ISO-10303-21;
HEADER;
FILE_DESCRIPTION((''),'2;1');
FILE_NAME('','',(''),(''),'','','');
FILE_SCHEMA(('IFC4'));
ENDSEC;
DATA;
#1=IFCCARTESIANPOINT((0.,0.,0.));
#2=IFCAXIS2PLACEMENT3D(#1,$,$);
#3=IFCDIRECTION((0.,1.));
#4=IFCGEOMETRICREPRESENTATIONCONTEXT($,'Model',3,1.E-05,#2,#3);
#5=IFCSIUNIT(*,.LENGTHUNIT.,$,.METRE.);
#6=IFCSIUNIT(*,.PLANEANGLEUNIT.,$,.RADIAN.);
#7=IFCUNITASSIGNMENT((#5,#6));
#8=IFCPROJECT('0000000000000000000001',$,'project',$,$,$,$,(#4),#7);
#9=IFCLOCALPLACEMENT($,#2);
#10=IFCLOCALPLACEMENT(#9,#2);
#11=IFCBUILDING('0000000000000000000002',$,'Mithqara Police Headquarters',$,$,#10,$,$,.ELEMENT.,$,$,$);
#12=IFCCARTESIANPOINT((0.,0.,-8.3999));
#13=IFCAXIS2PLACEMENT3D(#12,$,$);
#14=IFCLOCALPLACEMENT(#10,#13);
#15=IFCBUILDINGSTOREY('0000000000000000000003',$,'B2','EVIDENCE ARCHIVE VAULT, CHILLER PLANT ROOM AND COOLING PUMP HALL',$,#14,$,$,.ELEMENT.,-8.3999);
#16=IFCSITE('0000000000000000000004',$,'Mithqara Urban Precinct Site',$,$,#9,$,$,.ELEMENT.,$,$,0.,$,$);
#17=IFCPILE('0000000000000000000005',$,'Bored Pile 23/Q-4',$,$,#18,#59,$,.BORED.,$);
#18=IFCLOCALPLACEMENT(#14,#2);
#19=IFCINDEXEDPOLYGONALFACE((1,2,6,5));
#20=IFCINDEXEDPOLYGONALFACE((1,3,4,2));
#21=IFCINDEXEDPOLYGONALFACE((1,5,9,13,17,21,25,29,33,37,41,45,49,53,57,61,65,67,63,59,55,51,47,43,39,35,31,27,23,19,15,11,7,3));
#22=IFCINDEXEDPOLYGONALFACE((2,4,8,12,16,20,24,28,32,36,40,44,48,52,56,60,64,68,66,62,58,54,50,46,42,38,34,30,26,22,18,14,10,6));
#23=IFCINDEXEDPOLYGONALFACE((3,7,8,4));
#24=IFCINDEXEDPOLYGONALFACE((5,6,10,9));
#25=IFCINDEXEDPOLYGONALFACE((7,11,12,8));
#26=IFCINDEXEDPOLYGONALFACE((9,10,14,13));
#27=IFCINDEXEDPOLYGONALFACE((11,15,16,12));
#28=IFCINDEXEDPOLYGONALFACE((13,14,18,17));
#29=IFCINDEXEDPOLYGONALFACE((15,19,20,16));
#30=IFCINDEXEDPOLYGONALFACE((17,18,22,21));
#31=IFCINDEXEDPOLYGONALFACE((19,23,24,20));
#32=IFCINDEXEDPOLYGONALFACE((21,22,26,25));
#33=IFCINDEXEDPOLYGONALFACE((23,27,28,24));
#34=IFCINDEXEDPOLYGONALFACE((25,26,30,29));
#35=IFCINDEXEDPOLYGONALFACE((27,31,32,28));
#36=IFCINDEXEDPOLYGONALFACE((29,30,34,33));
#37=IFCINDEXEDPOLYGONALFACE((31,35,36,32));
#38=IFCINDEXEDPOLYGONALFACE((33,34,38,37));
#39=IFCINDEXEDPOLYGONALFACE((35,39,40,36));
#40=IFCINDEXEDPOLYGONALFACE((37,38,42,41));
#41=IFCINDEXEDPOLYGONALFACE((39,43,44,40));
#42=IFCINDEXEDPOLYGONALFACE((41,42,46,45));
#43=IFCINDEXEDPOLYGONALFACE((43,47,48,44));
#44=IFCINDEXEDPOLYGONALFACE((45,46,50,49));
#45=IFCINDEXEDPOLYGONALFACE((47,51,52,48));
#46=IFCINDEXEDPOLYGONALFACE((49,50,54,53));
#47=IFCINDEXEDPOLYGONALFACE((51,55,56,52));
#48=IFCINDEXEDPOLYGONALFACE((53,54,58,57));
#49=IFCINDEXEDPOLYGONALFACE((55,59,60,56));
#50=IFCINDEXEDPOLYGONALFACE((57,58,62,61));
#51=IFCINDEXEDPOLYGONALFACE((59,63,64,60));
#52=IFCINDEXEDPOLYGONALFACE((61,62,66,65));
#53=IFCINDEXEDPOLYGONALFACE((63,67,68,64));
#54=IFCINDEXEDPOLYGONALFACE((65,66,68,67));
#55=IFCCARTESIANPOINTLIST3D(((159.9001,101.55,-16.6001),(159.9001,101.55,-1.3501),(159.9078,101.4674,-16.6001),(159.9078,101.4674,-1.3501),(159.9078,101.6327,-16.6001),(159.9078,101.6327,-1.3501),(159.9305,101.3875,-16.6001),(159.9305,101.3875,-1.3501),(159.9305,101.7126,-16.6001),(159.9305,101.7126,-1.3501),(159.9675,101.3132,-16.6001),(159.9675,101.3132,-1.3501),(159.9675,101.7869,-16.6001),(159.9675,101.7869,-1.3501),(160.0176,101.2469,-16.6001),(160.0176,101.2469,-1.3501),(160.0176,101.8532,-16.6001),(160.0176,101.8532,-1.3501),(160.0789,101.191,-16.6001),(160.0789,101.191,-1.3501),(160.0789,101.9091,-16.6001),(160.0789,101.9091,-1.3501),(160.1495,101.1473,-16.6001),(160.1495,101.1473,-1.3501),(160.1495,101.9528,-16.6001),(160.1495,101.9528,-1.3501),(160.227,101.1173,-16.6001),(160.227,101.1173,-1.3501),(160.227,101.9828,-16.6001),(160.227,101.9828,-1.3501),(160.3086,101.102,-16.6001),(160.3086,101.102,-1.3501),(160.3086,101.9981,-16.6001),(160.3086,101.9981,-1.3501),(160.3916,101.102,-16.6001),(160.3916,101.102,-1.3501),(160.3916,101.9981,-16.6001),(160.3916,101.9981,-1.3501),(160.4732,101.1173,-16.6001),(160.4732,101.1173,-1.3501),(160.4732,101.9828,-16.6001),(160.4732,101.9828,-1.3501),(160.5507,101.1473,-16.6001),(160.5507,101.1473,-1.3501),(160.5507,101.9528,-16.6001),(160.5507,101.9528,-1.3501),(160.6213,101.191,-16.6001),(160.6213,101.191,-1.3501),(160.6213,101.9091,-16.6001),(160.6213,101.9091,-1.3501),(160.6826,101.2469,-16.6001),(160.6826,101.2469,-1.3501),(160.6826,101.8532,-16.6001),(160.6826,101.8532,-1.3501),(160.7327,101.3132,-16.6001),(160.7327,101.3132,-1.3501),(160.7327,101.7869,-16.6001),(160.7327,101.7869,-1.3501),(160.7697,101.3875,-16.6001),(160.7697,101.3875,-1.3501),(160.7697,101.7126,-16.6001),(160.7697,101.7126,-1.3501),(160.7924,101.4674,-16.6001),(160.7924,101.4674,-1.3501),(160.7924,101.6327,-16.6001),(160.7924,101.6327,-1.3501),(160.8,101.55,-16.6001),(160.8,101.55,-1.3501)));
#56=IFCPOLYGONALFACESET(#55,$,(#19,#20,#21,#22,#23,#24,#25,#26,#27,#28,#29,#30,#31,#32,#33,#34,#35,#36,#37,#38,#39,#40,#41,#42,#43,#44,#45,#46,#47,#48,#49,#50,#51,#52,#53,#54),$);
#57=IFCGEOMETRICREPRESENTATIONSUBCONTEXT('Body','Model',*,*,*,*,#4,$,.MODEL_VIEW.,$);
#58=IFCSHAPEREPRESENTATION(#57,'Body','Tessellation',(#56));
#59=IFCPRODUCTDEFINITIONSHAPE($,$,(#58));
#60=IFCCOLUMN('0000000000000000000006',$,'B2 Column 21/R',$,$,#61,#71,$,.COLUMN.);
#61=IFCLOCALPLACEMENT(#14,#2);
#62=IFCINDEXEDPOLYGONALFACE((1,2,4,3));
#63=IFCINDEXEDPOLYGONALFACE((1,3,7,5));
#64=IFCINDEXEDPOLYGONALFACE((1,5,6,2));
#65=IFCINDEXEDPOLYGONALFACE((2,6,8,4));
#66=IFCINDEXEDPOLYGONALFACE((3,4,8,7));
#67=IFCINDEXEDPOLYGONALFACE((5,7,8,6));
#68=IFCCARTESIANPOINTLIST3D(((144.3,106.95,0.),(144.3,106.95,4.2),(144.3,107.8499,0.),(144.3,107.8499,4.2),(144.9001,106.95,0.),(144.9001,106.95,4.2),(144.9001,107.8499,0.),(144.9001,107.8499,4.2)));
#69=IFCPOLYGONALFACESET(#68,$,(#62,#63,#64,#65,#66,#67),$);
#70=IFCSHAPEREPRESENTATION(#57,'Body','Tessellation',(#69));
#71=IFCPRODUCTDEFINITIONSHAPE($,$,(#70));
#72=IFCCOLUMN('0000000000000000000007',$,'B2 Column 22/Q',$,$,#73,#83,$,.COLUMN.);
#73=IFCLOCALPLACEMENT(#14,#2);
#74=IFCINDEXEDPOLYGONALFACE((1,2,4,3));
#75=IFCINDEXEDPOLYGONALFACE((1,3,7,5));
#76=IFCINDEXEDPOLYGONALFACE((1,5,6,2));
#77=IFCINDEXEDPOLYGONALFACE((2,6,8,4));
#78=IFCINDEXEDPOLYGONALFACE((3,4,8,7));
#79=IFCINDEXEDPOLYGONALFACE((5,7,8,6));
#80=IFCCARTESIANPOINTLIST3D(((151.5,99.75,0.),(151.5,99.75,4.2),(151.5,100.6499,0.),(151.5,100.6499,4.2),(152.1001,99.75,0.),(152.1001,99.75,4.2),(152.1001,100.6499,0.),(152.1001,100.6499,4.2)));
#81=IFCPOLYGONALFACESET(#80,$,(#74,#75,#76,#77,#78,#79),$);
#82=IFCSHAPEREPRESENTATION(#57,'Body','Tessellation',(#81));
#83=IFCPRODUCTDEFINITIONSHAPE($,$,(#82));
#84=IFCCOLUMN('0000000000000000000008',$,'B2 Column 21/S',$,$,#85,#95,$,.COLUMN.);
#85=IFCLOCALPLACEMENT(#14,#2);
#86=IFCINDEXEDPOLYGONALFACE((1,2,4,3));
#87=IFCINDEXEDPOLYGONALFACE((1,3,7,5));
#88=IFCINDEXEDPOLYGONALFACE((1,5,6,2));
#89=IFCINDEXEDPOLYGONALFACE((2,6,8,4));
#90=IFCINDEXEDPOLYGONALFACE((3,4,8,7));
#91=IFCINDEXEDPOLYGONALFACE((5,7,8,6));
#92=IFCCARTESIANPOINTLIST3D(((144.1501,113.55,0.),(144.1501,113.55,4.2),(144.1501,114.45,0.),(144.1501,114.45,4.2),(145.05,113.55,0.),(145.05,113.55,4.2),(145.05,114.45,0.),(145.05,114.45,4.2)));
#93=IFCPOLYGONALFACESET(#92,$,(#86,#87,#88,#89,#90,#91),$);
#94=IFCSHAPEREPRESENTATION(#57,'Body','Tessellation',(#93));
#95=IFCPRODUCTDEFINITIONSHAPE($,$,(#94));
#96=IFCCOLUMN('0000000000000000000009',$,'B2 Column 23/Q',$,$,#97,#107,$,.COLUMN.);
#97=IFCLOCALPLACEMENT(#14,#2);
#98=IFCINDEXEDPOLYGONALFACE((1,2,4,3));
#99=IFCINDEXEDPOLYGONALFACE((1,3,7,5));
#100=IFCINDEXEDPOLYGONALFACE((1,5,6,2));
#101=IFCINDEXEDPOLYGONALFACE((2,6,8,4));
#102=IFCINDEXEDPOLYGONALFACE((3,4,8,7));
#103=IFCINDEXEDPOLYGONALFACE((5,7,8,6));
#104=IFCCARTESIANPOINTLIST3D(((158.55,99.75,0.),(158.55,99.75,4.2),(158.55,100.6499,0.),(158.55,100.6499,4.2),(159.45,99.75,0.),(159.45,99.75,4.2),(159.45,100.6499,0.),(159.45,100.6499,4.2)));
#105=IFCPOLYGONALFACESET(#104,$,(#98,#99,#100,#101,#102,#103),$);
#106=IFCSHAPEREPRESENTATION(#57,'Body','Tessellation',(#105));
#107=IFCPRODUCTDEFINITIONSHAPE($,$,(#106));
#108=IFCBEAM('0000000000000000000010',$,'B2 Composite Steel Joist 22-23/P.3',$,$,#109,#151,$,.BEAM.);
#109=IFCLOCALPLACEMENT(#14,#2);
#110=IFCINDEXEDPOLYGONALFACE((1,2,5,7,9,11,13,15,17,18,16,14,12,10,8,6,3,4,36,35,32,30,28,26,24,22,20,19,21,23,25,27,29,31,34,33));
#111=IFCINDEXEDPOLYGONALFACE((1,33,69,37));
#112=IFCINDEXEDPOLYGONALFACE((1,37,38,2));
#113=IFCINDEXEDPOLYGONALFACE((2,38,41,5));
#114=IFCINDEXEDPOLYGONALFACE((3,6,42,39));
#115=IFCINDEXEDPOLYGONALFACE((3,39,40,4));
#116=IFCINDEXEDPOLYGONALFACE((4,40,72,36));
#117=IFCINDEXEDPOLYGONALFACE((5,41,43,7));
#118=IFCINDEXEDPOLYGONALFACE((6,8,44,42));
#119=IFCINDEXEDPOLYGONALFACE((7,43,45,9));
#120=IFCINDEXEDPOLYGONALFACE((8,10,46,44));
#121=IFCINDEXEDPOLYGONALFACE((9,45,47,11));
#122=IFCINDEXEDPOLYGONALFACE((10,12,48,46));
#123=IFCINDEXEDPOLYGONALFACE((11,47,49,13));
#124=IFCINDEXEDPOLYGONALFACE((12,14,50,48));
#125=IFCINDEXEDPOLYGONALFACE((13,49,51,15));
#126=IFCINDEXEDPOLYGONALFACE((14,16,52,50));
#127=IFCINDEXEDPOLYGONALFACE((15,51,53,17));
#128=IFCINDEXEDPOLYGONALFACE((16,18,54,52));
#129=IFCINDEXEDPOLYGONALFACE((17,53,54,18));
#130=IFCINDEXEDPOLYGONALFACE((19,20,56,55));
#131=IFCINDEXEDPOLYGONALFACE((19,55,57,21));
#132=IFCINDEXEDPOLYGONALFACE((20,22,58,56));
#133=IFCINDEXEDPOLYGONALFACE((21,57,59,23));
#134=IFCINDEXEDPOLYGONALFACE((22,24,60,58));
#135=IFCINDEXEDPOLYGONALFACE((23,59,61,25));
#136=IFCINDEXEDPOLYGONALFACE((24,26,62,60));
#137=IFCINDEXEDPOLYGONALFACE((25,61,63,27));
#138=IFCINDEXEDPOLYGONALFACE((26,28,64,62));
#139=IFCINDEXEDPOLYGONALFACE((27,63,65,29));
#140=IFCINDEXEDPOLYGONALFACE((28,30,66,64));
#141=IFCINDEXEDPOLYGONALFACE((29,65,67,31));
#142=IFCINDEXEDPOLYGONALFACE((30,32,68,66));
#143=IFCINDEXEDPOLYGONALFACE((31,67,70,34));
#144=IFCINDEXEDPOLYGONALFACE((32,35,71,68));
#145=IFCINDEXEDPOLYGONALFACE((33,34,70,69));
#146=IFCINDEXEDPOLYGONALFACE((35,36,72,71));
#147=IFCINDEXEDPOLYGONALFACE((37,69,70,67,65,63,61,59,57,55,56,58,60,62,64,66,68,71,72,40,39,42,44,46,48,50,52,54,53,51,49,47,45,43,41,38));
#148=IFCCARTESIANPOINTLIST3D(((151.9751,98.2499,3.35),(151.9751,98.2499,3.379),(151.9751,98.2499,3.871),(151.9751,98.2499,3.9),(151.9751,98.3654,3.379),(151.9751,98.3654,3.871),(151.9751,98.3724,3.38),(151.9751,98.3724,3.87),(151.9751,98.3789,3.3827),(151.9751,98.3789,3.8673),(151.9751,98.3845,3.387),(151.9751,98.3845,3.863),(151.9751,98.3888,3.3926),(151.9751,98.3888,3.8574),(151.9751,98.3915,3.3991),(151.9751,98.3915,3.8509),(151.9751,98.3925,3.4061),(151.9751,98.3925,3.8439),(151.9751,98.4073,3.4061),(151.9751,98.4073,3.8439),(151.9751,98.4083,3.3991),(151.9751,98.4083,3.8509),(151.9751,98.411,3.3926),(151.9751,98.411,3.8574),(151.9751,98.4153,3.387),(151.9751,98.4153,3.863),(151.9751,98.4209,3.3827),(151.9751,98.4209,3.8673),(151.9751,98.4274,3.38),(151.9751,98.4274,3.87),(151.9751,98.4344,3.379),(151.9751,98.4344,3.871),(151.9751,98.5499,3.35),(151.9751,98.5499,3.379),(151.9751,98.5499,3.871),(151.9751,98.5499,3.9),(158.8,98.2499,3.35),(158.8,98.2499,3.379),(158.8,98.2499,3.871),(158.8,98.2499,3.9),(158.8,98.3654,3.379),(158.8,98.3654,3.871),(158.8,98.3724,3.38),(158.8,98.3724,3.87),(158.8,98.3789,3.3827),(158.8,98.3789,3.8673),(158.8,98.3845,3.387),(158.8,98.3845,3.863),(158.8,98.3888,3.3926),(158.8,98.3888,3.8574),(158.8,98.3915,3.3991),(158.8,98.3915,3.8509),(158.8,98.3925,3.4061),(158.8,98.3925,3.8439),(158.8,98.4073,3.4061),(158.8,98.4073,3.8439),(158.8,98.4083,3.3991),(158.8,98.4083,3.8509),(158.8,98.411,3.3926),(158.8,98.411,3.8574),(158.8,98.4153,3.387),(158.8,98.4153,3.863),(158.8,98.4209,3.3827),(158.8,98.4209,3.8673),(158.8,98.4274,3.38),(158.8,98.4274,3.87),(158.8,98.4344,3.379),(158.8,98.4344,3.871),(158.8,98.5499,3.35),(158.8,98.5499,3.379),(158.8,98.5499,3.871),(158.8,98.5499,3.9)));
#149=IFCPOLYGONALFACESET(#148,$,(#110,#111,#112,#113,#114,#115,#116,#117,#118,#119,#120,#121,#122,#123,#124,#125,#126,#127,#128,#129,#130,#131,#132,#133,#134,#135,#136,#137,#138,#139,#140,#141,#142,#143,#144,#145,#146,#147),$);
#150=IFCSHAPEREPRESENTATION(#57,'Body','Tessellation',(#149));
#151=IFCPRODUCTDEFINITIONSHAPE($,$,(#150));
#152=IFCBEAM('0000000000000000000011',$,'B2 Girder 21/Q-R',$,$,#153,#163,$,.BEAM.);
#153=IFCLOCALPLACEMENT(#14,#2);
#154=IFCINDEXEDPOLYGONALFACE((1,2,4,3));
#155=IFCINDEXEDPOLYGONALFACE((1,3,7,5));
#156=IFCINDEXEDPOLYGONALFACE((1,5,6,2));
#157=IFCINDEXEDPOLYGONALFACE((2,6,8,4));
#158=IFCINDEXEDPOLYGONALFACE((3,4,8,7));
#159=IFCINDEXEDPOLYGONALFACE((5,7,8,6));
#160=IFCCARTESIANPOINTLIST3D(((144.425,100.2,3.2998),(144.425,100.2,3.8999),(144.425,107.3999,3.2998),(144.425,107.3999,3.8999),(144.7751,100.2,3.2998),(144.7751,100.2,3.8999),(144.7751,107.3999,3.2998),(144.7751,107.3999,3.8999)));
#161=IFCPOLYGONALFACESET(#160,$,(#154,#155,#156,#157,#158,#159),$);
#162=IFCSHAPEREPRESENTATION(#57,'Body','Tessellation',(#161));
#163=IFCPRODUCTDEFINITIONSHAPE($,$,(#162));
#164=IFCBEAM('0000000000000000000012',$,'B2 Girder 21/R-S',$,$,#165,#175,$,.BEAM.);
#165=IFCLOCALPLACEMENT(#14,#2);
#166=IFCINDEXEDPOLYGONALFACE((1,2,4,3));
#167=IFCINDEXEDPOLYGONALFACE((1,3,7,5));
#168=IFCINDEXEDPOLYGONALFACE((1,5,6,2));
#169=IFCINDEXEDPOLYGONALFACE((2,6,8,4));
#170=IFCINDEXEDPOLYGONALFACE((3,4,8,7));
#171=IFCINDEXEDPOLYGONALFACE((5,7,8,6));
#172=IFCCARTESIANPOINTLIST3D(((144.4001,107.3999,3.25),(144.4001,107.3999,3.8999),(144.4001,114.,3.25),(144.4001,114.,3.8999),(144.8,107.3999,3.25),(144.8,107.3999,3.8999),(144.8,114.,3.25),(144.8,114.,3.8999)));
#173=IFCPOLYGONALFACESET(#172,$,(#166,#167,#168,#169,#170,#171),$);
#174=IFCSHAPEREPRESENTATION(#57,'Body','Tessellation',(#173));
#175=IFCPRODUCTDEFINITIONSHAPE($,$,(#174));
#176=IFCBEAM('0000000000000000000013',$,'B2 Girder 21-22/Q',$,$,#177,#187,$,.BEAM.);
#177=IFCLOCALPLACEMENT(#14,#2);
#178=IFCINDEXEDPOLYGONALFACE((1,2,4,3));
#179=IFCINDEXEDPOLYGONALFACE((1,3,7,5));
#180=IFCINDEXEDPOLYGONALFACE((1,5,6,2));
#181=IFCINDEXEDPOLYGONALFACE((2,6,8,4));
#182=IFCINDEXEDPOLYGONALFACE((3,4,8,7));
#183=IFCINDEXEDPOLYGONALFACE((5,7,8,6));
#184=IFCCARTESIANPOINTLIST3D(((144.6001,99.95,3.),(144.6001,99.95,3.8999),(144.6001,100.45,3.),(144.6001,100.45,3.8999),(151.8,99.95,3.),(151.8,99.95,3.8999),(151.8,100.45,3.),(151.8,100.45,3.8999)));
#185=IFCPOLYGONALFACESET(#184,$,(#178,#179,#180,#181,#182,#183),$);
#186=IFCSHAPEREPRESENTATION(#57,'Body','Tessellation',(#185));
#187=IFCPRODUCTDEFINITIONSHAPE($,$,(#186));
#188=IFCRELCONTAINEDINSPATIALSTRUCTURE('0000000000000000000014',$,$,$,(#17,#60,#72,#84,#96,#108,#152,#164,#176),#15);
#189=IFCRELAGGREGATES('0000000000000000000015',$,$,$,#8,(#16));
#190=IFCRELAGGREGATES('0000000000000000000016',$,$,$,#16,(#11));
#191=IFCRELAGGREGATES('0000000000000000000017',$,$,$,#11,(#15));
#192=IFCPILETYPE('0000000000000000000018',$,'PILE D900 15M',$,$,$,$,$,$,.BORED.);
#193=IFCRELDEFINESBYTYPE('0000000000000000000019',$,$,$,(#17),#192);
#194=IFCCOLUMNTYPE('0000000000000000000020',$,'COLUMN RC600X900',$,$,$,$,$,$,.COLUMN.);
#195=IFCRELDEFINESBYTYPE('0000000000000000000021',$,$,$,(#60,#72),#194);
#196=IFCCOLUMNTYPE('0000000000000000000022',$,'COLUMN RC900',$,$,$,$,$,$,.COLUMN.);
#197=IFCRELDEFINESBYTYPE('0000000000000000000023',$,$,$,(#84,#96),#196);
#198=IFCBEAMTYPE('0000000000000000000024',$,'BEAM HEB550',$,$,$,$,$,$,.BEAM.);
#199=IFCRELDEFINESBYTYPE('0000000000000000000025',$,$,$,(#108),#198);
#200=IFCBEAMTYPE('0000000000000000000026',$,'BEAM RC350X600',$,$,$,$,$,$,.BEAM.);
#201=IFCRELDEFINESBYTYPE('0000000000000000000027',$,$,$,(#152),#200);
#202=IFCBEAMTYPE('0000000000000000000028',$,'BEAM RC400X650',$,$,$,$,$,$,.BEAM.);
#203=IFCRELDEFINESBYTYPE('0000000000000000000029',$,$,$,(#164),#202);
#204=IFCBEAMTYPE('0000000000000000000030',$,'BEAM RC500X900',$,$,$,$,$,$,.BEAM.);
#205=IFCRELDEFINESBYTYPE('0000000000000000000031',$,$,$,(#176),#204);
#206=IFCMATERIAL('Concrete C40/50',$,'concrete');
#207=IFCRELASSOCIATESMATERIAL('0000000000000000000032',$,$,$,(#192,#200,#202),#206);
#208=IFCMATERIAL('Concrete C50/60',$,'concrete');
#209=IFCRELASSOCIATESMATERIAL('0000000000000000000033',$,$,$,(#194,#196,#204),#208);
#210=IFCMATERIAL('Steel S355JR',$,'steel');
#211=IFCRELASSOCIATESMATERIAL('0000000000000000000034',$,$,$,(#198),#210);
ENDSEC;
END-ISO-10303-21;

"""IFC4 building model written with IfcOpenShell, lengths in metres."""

from ifc_helpers import new_model, si_unit, direction, frame, origin, origin_2d, place, context, subcontext, project, spatial, rectangle, circle, i_section, extrude, material, material_profile, profile_set, type_object, element, save


model = new_model("IFC4")

# Units and contexts
model_context = context("Model", 3, precision=1e-05, world=origin(), true_north=direction((0.0, 1.0)))
body_context = subcontext(model_context, "Body", "Model", "MODEL_VIEW")
ifc_project = project(units=[si_unit("LENGTHUNIT", "METRE"), si_unit("PLANEANGLEUNIT", "RADIAN")], contexts=[model_context])

# Site, building, storey
site_placement = place(None, origin())
site = spatial("IfcSite", under=ifc_project, at=site_placement, Name="Mithqara Urban Precinct Site", CompositionType="ELEMENT", RefElevation=0.0)
building_placement = place(site_placement, origin())
building = spatial("IfcBuilding", under=site, at=building_placement, Name="Mithqara Police Headquarters", CompositionType="ELEMENT")
storey_placement = place(building_placement, frame((0.0, 0.0, -8.3999)))
storey = spatial("IfcBuildingStorey", under=building, at=storey_placement, Name="B2", Description="EVIDENCE ARCHIVE VAULT, CHILLER PLANT ROOM AND COOLING PUMP HALL", CompositionType="ELEMENT", Elevation=-8.3999)

# Shared definitions
ifc_material_1 = material(Name="Concrete C40/50", Category="concrete")

# Pile
ifc_material_profile_1 = material_profile(ifc_material_1, circle(Radius=0.45, at=origin_2d()), Name="PILE D900")
ifc_profile_set_1 = profile_set([ifc_material_profile_1], Name="Concrete C40/50")
pile_type_1 = type_object("IfcPileType", Name="PILE D900 15M", PredefinedType="BORED", material=ifc_profile_set_1)
for number, where, z_axis, x_axis, name in (
    (1, (160.3501, 101.55, -1.3501), (0.0, 0.0, -1.0), (1.0, 0.0, 0.0), "Bored Pile 23/Q-4"),
):
    element("IfcPile", number, at=place(storey_placement, frame(where, z_axis=z_axis, x_axis=x_axis)), inside=storey, type_object=pile_type_1, Name=name, PredefinedType="BORED", context=body_context, shape_type="SweptSolid", body=[
        extrude(circle(Radius=0.45, at=origin_2d()), origin(), (0.0, 0.0, 1.0), 15.25),
    ])

# Columns
ifc_material_2 = material(Name="Concrete C50/60", Category="concrete")
ifc_material_profile_2 = material_profile(ifc_material_2, rectangle(XDim=0.6001, YDim=0.8999, at=origin_2d()), Name="RC 600x900")
ifc_profile_set_2 = profile_set([ifc_material_profile_2], Name="Concrete C50/60")
column_type_1 = type_object("IfcColumnType", Name="COLUMN RC600X900", PredefinedType="COLUMN", material=ifc_profile_set_2)
for number, where, z_axis, x_axis, name in (
    (2, (144.6001, 107.3999, 0.0), (0.0, 0.0, 1.0), (1.0, 0.0, 0.0), "B2 Column 21/R"),
    (3, (151.8, 100.2, 0.0), (0.0, 0.0, 1.0), (1.0, 0.0, 0.0), "B2 Column 22/Q"),
):
    element("IfcColumn", number, at=place(storey_placement, frame(where, z_axis=z_axis, x_axis=x_axis)), inside=storey, type_object=column_type_1, Name=name, PredefinedType="COLUMN", context=body_context, shape_type="SweptSolid", body=[
        extrude(rectangle(XDim=0.6001, YDim=0.8999, at=origin_2d()), origin(), (0.0, 0.0, 1.0), 4.2),
    ])
ifc_material_profile_3 = material_profile(ifc_material_2, rectangle(XDim=0.8999, YDim=0.8999, at=origin_2d()), Name="RC 900x900")
ifc_profile_set_3 = profile_set([ifc_material_profile_3], Name="Concrete C50/60")
column_type_2 = type_object("IfcColumnType", Name="COLUMN RC900", PredefinedType="COLUMN", material=ifc_profile_set_3)
for number, where, z_axis, x_axis, name in (
    (4, (144.6001, 114.0, 0.0), (0.0, 0.0, 1.0), (1.0, 0.0, 0.0), "B2 Column 21/S"),
    (5, (159.0, 100.2, 0.0), (0.0, 0.0, 1.0), (1.0, 0.0, 0.0), "B2 Column 23/Q"),
):
    element("IfcColumn", number, at=place(storey_placement, frame(where, z_axis=z_axis, x_axis=x_axis)), inside=storey, type_object=column_type_2, Name=name, PredefinedType="COLUMN", context=body_context, shape_type="SweptSolid", body=[
        extrude(rectangle(XDim=0.8999, YDim=0.8999, at=origin_2d()), origin(), (0.0, 0.0, 1.0), 4.2),
    ])

# Beams
ifc_material_3 = material(Name="Steel S355JR", Category="steel")
ifc_material_profile_4 = material_profile(ifc_material_3, i_section(OverallWidth=0.3, OverallDepth=0.55, WebThickness=0.0149, FlangeThickness=0.0291, FilletRadius=0.0271, at=origin_2d()), Name="HEB 550")
ifc_profile_set_4 = profile_set([ifc_material_profile_4], Name="Steel S355JR")
beam_type_1 = type_object("IfcBeamType", Name="BEAM HEB550", PredefinedType="BEAM", material=ifc_profile_set_4)
beam_1_placement = place(storey_placement, frame((151.9751, 98.3999, 3.625), z_axis=(1.0, 0.0, 0.0), x_axis=(0.0, 1.0, 0.0)))
element("IfcBeam", 6, at=beam_1_placement, inside=storey, type_object=beam_type_1, Name="B2 Composite Steel Joist 22-23/P.3", PredefinedType="BEAM", context=body_context, shape_type="SweptSolid", body=[
    extrude(i_section(OverallWidth=0.3, OverallDepth=0.55, WebThickness=0.0149, FlangeThickness=0.0291, FilletRadius=0.0271, at=origin_2d()), origin(), (0.0, 0.0, 1.0), 6.825),
])
ifc_material_profile_5 = material_profile(ifc_material_1, rectangle(XDim=0.3501, YDim=0.6001, at=origin_2d()), Name="RC 350x600")
ifc_profile_set_5 = profile_set([ifc_material_profile_5], Name="Concrete C40/50")
beam_type_2 = type_object("IfcBeamType", Name="BEAM RC350X600", PredefinedType="BEAM", material=ifc_profile_set_5)
beam_2_placement = place(storey_placement, frame((144.6001, 100.2, 3.5999), z_axis=(0.0, 1.0, 0.0), x_axis=(-1.0, 0.0, 0.0)))
element("IfcBeam", 7, at=beam_2_placement, inside=storey, type_object=beam_type_2, Name="B2 Girder 21/Q-R", PredefinedType="BEAM", context=body_context, shape_type="SweptSolid", body=[
    extrude(rectangle(XDim=0.3501, YDim=0.6001, at=origin_2d()), origin(), (0.0, 0.0, 1.0), 7.2),
])
ifc_material_profile_6 = material_profile(ifc_material_1, rectangle(XDim=0.3999, YDim=0.6499, at=origin_2d()), Name="RC 400x650")
ifc_profile_set_6 = profile_set([ifc_material_profile_6], Name="Concrete C40/50")
beam_type_3 = type_object("IfcBeamType", Name="BEAM RC400X650", PredefinedType="BEAM", material=ifc_profile_set_6)
beam_3_placement = place(storey_placement, frame((144.6001, 107.3999, 3.575), z_axis=(0.0, 1.0, 0.0), x_axis=(-1.0, 0.0, 0.0)))
element("IfcBeam", 8, at=beam_3_placement, inside=storey, type_object=beam_type_3, Name="B2 Girder 21/R-S", PredefinedType="BEAM", context=body_context, shape_type="SweptSolid", body=[
    extrude(rectangle(XDim=0.3999, YDim=0.6499, at=origin_2d()), origin(), (0.0, 0.0, 1.0), 6.6001),
])
ifc_material_profile_7 = material_profile(ifc_material_2, rectangle(XDim=0.5, YDim=0.8999, at=origin_2d()), Name="RC 500x900")
ifc_profile_set_7 = profile_set([ifc_material_profile_7], Name="Concrete C50/60")
beam_type_4 = type_object("IfcBeamType", Name="BEAM RC500X900", PredefinedType="BEAM", material=ifc_profile_set_7)
beam_4_placement = place(storey_placement, frame((144.6001, 100.2, 3.45), z_axis=(1.0, 0.0, 0.0), x_axis=(0.0, 1.0, 0.0)))
element("IfcBeam", 9, at=beam_4_placement, inside=storey, type_object=beam_type_4, Name="B2 Girder 21-22/Q", PredefinedType="BEAM", context=body_context, shape_type="SweptSolid", body=[
    extrude(rectangle(XDim=0.5, YDim=0.8999, at=origin_2d()), origin(), (0.0, 0.0, 1.0), 7.2),
])

save(model, "model.ifc")
